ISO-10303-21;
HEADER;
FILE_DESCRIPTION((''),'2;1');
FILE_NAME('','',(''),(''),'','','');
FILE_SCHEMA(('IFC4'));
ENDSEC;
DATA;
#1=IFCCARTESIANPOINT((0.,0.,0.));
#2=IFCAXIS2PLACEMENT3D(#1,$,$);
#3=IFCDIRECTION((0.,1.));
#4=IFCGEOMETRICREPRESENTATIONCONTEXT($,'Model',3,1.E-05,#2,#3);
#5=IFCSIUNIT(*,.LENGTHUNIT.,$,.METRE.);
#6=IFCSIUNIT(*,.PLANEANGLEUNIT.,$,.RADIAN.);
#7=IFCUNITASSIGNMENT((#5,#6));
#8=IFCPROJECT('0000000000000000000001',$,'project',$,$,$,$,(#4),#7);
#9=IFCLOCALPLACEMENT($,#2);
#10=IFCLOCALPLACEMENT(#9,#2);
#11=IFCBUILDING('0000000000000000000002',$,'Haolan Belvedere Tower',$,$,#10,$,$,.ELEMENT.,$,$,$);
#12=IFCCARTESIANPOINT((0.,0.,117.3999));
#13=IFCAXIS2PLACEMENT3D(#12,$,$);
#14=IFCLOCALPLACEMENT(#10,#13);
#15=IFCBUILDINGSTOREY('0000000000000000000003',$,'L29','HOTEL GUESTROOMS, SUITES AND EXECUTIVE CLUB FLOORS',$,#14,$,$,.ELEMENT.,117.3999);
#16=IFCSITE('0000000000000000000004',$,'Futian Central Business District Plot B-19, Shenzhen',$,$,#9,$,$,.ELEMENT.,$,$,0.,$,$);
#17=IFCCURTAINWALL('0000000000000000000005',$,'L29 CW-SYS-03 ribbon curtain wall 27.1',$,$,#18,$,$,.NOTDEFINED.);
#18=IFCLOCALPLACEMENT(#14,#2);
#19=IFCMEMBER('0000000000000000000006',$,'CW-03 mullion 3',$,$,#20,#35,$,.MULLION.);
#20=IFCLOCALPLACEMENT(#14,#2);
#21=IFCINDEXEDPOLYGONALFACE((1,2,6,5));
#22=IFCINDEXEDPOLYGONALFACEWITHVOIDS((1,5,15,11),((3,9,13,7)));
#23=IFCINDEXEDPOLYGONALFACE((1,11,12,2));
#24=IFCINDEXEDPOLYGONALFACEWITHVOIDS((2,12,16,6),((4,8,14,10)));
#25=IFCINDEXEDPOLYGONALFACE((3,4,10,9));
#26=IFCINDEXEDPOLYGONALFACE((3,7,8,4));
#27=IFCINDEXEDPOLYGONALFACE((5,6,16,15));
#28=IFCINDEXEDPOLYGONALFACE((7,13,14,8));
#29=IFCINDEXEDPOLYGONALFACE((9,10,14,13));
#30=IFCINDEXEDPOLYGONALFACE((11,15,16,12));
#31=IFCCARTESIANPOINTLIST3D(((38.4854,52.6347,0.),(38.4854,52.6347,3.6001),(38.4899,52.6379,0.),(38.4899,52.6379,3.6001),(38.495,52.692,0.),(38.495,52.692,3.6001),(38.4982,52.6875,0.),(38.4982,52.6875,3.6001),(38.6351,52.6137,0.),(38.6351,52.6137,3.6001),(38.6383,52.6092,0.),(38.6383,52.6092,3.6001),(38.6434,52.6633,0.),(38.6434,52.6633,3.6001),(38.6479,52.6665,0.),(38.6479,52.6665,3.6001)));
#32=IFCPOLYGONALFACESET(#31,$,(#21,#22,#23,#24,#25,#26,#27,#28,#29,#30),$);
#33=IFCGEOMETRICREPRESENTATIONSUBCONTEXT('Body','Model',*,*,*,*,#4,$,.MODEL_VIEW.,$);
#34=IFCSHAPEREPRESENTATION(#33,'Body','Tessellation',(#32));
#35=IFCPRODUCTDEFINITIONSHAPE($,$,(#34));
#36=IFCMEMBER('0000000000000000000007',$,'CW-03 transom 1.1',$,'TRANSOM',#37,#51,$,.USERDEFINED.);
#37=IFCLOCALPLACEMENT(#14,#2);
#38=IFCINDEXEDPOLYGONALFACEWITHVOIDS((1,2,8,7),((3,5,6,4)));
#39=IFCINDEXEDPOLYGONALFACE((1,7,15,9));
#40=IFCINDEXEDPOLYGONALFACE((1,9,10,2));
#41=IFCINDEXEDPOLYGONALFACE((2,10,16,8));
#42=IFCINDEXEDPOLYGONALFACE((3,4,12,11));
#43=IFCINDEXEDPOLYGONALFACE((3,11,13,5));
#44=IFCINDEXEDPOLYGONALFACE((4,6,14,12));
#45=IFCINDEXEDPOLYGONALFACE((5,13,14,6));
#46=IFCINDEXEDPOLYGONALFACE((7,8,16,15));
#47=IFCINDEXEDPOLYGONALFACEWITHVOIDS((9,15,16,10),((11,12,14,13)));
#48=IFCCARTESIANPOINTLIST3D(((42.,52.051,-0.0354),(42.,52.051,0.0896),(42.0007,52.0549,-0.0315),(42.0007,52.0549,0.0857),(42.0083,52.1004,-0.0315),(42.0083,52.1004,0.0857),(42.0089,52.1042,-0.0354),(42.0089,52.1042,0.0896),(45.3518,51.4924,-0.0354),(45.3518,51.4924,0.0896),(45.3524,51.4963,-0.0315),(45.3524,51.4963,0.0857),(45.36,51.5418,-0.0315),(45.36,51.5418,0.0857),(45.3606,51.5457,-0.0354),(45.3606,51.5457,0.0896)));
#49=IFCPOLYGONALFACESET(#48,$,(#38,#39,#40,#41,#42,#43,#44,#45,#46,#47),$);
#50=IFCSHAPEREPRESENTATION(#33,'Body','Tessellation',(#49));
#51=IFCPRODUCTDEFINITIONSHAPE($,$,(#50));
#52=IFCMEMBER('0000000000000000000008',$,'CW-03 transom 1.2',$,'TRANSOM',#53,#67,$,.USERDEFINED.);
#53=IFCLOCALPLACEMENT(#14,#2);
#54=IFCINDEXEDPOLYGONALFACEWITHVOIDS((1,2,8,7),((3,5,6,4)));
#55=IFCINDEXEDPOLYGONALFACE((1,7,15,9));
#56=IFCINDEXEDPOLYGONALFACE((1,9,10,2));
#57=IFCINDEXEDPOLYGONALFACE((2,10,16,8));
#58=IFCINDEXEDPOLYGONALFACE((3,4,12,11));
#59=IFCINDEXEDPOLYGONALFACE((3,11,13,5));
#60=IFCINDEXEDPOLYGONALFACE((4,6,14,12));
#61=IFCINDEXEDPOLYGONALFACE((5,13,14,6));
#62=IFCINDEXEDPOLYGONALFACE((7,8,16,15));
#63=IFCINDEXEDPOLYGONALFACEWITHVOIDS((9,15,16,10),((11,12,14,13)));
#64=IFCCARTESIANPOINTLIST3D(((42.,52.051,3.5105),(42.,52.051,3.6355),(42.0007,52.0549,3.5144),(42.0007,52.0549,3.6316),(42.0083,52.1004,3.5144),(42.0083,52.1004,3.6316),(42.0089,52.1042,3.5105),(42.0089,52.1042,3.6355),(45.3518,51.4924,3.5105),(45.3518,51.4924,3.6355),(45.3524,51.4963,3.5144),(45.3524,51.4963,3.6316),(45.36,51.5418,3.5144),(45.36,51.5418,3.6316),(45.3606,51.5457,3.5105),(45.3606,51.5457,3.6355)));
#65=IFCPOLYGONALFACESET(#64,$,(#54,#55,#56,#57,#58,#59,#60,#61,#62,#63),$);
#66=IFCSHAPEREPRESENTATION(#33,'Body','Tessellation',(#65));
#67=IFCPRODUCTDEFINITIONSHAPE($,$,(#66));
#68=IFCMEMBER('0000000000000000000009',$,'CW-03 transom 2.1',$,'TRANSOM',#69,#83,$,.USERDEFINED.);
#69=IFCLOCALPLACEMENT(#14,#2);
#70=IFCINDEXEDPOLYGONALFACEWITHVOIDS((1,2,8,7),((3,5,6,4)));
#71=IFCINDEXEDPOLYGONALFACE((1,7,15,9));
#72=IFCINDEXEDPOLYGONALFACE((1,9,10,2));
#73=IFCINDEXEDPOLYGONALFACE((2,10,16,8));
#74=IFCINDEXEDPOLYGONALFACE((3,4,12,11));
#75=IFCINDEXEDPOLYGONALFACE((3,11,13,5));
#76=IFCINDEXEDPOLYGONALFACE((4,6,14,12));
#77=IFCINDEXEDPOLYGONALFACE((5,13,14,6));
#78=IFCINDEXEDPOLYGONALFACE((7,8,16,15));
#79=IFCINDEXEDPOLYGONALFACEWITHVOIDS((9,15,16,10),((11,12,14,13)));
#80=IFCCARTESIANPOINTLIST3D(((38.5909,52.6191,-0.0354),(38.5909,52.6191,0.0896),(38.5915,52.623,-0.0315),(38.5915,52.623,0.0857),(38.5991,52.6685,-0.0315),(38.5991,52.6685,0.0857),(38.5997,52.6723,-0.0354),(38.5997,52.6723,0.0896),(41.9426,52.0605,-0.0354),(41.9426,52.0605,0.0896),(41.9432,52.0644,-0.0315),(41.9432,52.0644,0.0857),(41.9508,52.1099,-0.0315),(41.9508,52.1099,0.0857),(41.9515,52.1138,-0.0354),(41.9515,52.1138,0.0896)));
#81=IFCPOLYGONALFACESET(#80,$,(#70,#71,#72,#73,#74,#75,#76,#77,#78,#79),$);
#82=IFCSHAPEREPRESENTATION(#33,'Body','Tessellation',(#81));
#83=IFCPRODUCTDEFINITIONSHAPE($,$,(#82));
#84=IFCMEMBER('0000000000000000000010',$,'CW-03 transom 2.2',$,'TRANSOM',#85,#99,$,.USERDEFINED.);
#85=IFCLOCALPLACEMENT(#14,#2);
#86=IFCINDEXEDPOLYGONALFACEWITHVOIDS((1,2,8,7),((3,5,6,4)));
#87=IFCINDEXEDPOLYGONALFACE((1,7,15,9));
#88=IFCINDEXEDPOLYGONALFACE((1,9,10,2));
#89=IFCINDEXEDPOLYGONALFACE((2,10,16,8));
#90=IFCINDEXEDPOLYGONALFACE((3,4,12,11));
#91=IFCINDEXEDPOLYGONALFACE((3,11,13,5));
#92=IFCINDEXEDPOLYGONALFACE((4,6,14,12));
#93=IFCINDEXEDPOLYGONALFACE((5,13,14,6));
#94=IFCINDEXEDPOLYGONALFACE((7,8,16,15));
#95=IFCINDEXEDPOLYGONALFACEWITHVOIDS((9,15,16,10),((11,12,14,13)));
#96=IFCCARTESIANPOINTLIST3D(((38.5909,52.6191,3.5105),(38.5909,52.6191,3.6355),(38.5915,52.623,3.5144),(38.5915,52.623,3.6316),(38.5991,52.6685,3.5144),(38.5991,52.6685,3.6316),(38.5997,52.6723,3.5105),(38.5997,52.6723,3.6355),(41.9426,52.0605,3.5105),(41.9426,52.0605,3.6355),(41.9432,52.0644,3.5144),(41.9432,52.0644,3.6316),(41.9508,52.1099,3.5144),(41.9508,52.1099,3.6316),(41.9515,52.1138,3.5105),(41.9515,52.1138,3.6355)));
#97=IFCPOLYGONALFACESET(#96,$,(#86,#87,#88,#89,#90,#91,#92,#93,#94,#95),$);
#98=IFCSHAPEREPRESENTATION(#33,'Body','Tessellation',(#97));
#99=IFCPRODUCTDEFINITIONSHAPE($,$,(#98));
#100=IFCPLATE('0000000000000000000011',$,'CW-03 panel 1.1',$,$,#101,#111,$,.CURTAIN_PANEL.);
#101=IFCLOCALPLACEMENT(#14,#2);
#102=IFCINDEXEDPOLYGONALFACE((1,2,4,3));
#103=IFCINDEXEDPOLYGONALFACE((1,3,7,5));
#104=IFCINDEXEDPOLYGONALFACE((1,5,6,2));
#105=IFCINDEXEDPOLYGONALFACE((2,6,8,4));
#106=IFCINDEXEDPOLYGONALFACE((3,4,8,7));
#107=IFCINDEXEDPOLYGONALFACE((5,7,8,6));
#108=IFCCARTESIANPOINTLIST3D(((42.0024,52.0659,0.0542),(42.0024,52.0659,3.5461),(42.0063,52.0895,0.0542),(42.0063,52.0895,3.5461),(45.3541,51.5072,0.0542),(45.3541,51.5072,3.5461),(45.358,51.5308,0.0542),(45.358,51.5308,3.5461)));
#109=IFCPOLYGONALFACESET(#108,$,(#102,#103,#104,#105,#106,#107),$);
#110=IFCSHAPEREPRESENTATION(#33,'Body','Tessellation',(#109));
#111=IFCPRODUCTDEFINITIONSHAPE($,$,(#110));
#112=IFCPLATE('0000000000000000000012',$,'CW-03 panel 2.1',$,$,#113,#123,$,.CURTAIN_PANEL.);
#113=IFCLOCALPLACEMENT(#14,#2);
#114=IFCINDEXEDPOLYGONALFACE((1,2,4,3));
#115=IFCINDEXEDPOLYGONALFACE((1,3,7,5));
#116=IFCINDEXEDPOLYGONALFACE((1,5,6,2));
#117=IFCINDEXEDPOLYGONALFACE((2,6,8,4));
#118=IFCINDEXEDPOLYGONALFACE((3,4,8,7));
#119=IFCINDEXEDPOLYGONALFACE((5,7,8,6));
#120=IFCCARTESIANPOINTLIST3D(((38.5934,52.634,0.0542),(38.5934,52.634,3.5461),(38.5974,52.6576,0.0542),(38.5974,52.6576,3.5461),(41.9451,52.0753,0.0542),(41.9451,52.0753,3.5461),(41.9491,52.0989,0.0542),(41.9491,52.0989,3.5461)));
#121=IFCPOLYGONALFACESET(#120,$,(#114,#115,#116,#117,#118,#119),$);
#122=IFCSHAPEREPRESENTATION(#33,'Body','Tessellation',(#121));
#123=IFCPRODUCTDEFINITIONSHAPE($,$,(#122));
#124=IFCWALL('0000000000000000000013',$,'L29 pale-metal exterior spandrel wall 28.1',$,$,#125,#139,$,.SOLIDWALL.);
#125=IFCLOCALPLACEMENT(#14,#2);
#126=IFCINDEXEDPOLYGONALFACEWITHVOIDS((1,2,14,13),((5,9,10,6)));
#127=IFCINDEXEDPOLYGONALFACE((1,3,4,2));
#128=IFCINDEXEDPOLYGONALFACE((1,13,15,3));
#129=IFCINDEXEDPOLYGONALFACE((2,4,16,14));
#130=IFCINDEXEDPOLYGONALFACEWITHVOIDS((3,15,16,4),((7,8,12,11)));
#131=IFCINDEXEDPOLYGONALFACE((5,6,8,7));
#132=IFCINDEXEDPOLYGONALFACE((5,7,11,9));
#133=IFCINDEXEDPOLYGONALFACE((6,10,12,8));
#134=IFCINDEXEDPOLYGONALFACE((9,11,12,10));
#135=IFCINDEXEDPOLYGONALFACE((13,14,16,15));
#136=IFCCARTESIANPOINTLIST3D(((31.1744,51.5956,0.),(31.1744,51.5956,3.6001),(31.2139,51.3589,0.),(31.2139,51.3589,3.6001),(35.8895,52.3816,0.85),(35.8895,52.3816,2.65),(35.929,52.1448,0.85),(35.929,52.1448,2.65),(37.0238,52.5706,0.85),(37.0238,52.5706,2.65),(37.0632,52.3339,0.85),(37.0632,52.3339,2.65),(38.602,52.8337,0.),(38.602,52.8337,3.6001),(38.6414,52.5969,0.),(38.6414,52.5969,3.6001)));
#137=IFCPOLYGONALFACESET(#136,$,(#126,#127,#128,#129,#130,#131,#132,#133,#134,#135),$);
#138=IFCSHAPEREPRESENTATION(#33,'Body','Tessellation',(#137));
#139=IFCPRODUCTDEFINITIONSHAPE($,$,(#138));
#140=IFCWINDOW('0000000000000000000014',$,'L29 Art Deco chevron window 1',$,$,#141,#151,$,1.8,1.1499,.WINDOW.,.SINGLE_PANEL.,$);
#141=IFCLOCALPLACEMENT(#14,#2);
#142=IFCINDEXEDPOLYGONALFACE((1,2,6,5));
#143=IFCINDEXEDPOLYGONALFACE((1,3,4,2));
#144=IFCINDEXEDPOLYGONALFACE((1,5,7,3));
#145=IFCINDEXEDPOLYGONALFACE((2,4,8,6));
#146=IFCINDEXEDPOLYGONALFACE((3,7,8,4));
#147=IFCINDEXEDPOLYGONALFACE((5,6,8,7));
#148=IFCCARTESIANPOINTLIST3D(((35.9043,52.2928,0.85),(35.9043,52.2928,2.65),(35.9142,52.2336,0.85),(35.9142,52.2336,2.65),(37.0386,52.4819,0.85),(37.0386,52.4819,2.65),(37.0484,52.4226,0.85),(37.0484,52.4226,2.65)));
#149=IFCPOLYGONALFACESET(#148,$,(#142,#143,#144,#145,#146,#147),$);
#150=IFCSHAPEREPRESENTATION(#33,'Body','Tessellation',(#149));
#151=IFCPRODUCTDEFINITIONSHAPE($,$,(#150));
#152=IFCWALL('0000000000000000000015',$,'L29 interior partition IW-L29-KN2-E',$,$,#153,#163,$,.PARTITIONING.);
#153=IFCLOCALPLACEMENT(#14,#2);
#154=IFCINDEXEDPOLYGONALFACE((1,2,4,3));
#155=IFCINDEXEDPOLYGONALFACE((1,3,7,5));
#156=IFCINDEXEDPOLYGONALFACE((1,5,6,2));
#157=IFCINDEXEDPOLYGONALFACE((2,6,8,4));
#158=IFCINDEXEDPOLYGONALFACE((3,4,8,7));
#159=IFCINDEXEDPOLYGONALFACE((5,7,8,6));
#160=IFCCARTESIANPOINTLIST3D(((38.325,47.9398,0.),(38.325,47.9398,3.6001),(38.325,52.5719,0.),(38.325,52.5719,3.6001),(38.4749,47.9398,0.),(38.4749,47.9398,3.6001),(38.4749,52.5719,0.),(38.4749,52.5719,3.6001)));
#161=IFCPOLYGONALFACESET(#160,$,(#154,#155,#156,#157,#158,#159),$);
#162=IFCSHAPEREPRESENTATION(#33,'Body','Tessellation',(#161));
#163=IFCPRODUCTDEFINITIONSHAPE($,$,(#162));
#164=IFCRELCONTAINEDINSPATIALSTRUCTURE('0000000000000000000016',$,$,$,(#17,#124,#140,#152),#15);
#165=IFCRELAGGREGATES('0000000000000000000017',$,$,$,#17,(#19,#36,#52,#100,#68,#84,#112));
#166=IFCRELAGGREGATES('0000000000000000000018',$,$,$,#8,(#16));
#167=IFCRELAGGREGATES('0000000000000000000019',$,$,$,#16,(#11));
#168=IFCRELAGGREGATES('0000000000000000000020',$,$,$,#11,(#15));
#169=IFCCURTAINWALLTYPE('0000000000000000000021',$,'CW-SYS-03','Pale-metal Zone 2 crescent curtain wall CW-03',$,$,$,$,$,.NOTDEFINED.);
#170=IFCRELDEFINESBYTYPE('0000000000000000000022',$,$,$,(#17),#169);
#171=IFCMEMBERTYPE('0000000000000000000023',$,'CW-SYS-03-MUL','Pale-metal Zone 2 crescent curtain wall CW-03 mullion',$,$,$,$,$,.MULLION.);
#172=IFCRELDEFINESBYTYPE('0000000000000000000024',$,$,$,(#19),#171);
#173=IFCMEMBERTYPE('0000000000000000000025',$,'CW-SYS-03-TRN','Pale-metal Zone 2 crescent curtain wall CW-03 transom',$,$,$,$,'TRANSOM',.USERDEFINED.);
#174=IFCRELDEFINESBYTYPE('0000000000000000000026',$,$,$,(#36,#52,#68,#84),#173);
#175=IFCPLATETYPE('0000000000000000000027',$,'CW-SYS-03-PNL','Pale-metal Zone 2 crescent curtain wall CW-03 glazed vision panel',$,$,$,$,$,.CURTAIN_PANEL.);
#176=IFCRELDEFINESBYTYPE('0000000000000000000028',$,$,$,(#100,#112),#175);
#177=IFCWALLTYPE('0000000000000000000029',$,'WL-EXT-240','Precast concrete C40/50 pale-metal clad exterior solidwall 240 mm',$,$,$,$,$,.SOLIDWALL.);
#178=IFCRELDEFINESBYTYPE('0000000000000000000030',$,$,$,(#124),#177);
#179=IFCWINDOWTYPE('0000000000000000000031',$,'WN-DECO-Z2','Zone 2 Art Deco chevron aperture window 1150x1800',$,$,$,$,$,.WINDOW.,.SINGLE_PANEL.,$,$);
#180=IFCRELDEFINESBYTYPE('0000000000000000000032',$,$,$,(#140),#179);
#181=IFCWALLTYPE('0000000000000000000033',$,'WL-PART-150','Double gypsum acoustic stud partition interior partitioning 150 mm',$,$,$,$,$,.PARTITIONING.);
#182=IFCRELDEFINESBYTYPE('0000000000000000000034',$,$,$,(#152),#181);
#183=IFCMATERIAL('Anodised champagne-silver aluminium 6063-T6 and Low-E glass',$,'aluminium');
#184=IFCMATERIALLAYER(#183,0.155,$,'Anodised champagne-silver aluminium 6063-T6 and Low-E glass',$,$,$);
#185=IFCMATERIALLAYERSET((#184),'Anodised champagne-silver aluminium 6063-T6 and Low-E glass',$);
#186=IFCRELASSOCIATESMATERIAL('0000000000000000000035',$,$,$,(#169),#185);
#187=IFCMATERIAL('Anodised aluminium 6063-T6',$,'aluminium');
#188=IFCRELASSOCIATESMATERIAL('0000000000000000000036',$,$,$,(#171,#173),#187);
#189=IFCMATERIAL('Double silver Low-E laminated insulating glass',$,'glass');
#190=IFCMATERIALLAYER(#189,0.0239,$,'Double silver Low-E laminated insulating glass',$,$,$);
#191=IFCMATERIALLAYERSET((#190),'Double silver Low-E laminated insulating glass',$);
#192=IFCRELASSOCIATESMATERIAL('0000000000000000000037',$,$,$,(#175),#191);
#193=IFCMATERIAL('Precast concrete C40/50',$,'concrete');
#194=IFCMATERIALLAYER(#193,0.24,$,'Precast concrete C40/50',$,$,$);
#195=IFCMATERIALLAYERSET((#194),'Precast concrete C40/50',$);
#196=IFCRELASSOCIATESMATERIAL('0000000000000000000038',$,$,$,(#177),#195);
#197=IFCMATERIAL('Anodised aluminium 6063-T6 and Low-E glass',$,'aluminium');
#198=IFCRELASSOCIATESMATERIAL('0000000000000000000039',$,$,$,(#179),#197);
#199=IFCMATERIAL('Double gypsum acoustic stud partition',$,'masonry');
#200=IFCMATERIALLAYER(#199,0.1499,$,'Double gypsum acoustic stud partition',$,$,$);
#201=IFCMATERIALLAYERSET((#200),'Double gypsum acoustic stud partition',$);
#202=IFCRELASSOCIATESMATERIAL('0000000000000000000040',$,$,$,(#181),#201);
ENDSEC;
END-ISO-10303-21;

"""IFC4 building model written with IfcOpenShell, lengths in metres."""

from ifc_helpers import new_model, si_unit, direction, frame, frame_2d, origin, origin_2d, place, context, subcontext, project, spatial, rectangle, hollow_rectangle, extrude, material, layer, layer_set, material_profile, profile_set, type_object, element, fill, aggregate, save


model = new_model("IFC4")

# Units and contexts
model_context = context("Model", 3, precision=1e-05, world=origin(), true_north=direction((0.0, 1.0)))
body_context = subcontext(model_context, "Body", "Model", "MODEL_VIEW")
ifc_project = project(units=[si_unit("LENGTHUNIT", "METRE"), si_unit("PLANEANGLEUNIT", "RADIAN")], contexts=[model_context])

# Site, building, storey
site_placement = place(None, origin())
site = spatial("IfcSite", under=ifc_project, at=site_placement, Name="Futian Central Business District Plot B-19, Shenzhen", CompositionType="ELEMENT", RefElevation=0.0)
building_placement = place(site_placement, origin())
building = spatial("IfcBuilding", under=site, at=building_placement, Name="Haolan Belvedere Tower", CompositionType="ELEMENT")
storey_placement = place(building_placement, frame((0.0, 0.0, 117.3999)))
storey = spatial("IfcBuildingStorey", under=building, at=storey_placement, Name="L29", Description="HOTEL GUESTROOMS, SUITES AND EXECUTIVE CLUB FLOORS", CompositionType="ELEMENT", Elevation=117.3999)

# Shared definitions
ifc_material_1 = material(Name="Anodised champagne-silver aluminium 6063-T6 and Low-E glass", Category="aluminium")
ifc_layer_1 = layer(ifc_material_1, 0.155, Name="Anodised champagne-silver aluminium 6063-T6 and Low-E glass")
ifc_layer_set_1 = layer_set([ifc_layer_1], Name="Anodised champagne-silver aluminium 6063-T6 and Low-E glass")
curtain_wall_type = type_object("IfcCurtainWallType", Name="CW-SYS-03", Description="Pale-metal Zone 2 crescent curtain wall CW-03", PredefinedType="NOTDEFINED", material=ifc_layer_set_1)
ifc_material_2 = material(Name="Anodised aluminium 6063-T6", Category="aluminium")
ifc_material_profile_1 = material_profile(ifc_material_2, hollow_rectangle(XDim=0.0581, YDim=0.155, WallThickness=0.0039, at=origin_2d()), Name="Anodised aluminium 6063-T6")
ifc_profile_set_1 = profile_set([ifc_material_profile_1], Name="Anodised aluminium 6063-T6")
member_type_1 = type_object("IfcMemberType", Name="CW-SYS-03-MUL", Description="Pale-metal Zone 2 crescent curtain wall CW-03 mullion", PredefinedType="MULLION", material=ifc_profile_set_1)

# Curtain wall, members, plates
curtain_wall_1_placement = place(storey_placement, origin())
curtain_wall_1 = element("IfcCurtainWall", 1, at=curtain_wall_1_placement, inside=storey, type_object=curtain_wall_type, Name="L29 CW-SYS-03 ribbon curtain wall 27.1", PredefinedType="NOTDEFINED")
member_1_placement = place(storey_placement, frame((38.5667, 52.6506, 0.0), z_axis=(0.0, 0.0, 1.0), x_axis=(-0.164404, -0.986393, 0.0)))
member_1 = element("IfcMember", 2, at=member_1_placement, type_object=member_type_1, Name="CW-03 mullion 3", PredefinedType="MULLION", context=body_context, shape_type="SweptSolid", body=[
    extrude(hollow_rectangle(XDim=0.0581, YDim=0.155, WallThickness=0.0039, at=origin_2d()), origin(), (0.0, 0.0, 1.0), 3.6001),
])
ifc_material_profile_2 = material_profile(ifc_material_2, hollow_rectangle(XDim=0.054, YDim=0.125, WallThickness=0.0039, at=origin_2d()), Name="Anodised aluminium 6063-T6")
ifc_profile_set_2 = profile_set([ifc_material_profile_2], Name="Anodised aluminium 6063-T6")
member_type_2 = type_object("IfcMemberType", Name="CW-SYS-03-TRN", Description="Pale-metal Zone 2 crescent curtain wall CW-03 transom", ElementType="TRANSOM", PredefinedType="USERDEFINED", material=ifc_profile_set_2)
member_2_placement = place(storey_placement, frame((45.3562, 51.519, 0.0271), z_axis=(-0.986396, 0.164387, 0.0), x_axis=(-0.164387, -0.986396, 0.0)))
member_2 = element("IfcMember", 3, at=member_2_placement, type_object=member_type_2, Name="CW-03 transom 1.1", ObjectType="TRANSOM", PredefinedType="USERDEFINED", context=body_context, shape_type="SweptSolid", body=[
    extrude(hollow_rectangle(XDim=0.054, YDim=0.125, WallThickness=0.0039, at=origin_2d()), origin(), (0.0, 0.0, 1.0), 3.3979),
])
member_3_placement = place(storey_placement, frame((45.3562, 51.519, 3.573), z_axis=(-0.986396, 0.164387, 0.0), x_axis=(-0.164387, -0.986396, 0.0)))
member_3 = element("IfcMember", 4, at=member_3_placement, type_object=member_type_2, Name="CW-03 transom 1.2", ObjectType="TRANSOM", PredefinedType="USERDEFINED", context=body_context, shape_type="SweptSolid", body=[
    extrude(hollow_rectangle(XDim=0.054, YDim=0.125, WallThickness=0.0039, at=origin_2d()), origin(), (0.0, 0.0, 1.0), 3.3979),
])
member_4_placement = place(storey_placement, frame((41.947, 52.0872, 0.0271), z_axis=(-0.986396, 0.164387, 0.0), x_axis=(-0.164387, -0.986396, 0.0)))
member_4 = element("IfcMember", 5, at=member_4_placement, type_object=member_type_2, Name="CW-03 transom 2.1", ObjectType="TRANSOM", PredefinedType="USERDEFINED", context=body_context, shape_type="SweptSolid", body=[
    extrude(hollow_rectangle(XDim=0.054, YDim=0.125, WallThickness=0.0039, at=origin_2d()), origin(), (0.0, 0.0, 1.0), 3.3979),
])
member_5_placement = place(storey_placement, frame((41.947, 52.0872, 3.573), z_axis=(-0.986396, 0.164387, 0.0), x_axis=(-0.164387, -0.986396, 0.0)))
member_5 = element("IfcMember", 6, at=member_5_placement, type_object=member_type_2, Name="CW-03 transom 2.2", ObjectType="TRANSOM", PredefinedType="USERDEFINED", context=body_context, shape_type="SweptSolid", body=[
    extrude(hollow_rectangle(XDim=0.054, YDim=0.125, WallThickness=0.0039, at=origin_2d()), origin(), (0.0, 0.0, 1.0), 3.3979),
])
ifc_material_3 = material(Name="Double silver Low-E laminated insulating glass", Category="glass")
ifc_layer_2 = layer(ifc_material_3, 0.0239, Name="Double silver Low-E laminated insulating glass")
ifc_layer_set_2 = layer_set([ifc_layer_2], Name="Double silver Low-E laminated insulating glass")
plate_type = type_object("IfcPlateType", Name="CW-SYS-03-PNL", Description="Pale-metal Zone 2 crescent curtain wall CW-03 glazed vision panel", PredefinedType="CURTAIN_PANEL", material=ifc_layer_set_2)
plate_1_placement = place(storey_placement, frame((43.6802, 51.7983, 0.0542), z_axis=(0.0, 0.0, 1.0), x_axis=(-0.986393, 0.164404, 0.0)))
plate_1 = element("IfcPlate", 7, at=plate_1_placement, type_object=plate_type, Name="CW-03 panel 1.1", PredefinedType="CURTAIN_PANEL", context=body_context, shape_type="SweptSolid", body=[
    extrude(rectangle(XDim=3.3979, YDim=0.0239, at=origin_2d()), origin(), (0.0, 0.0, 1.0), 3.4919),
])
plate_2_placement = place(storey_placement, frame((40.2712, 52.3665, 0.0542), z_axis=(0.0, 0.0, 1.0), x_axis=(-0.986393, 0.164404, 0.0)))
plate_2 = element("IfcPlate", 8, at=plate_2_placement, type_object=plate_type, Name="CW-03 panel 2.1", PredefinedType="CURTAIN_PANEL", context=body_context, shape_type="SweptSolid", body=[
    extrude(rectangle(XDim=3.3979, YDim=0.0239, at=origin_2d()), origin(), (0.0, 0.0, 1.0), 3.4919),
])
aggregate(curtain_wall_1, [member_1, member_2, member_3, plate_1, member_4, member_5, plate_2])

# Wall, opening, window
ifc_material_4 = material(Name="Precast concrete C40/50", Category="concrete")
ifc_layer_3 = layer(ifc_material_4, 0.24, Name="Precast concrete C40/50")
ifc_layer_set_3 = layer_set([ifc_layer_3], Name="Precast concrete C40/50")
wall_type_1 = type_object("IfcWallType", Name="WL-EXT-240", Description="Precast concrete C40/50 pale-metal clad exterior solidwall 240 mm", PredefinedType="SOLIDWALL", material=ifc_layer_set_3)
wall_1_placement = place(storey_placement, frame((38.6218, 52.7153, 0.0), z_axis=(0.0, 0.0, 1.0), x_axis=(-0.986391, -0.164415, 0.0)))
wall_1 = element("IfcWall", 9, at=wall_1_placement, inside=storey, type_object=wall_type_1, Name="L29 pale-metal exterior spandrel wall 28.1", PredefinedType="SOLIDWALL", context=body_context, shape_type="SweptSolid", body=[
    extrude(rectangle(XDim=7.53, YDim=0.24, at=frame_2d((3.7651, 0.0))), origin(), (0.0, 0.0, 1.0), 3.6001),
])
opening_1_placement = place(wall_1_placement, frame((1.6001, 0.0, 0.8501)))
opening_1 = element("IfcOpeningElement", 10, at=opening_1_placement, cuts=wall_1, PredefinedType="OPENING", context=body_context, shape_type="SweptSolid", body=[
    extrude(rectangle(XDim=1.1499, YDim=1.8, at=frame_2d((0.575, 0.8999))), frame((0.0, 0.1299, 0.0), z_axis=(0.0, -1.0, 0.0), x_axis=(1.0, 0.0, 0.0)), (0.0, 0.0, 1.0), 0.26),
])
ifc_material_5 = material(Name="Anodised aluminium 6063-T6 and Low-E glass", Category="aluminium")
window_type = type_object("IfcWindowType", Name="WN-DECO-Z2", Description="Zone 2 Art Deco chevron aperture window 1150x1800", PartitioningType="SINGLE_PANEL", PredefinedType="WINDOW", material=ifc_material_5)
window_placement = place(opening_1_placement, origin())
window = element("IfcWindow", 11, at=window_placement, inside=storey, type_object=window_type, Name="L29 Art Deco chevron window 1", OverallHeight=1.8, OverallWidth=1.1499, PartitioningType="SINGLE_PANEL", PredefinedType="WINDOW", context=body_context, shape_type="SweptSolid", body=[
    extrude(rectangle(XDim=1.1499, YDim=1.8, at=frame_2d((0.575, 0.8999))), frame((0.0, 0.03, 0.0), z_axis=(0.0, -1.0, 0.0), x_axis=(1.0, 0.0, 0.0)), (0.0, 0.0, 1.0), 0.0601),
])
fill(opening_1, window)

# Wall
ifc_material_6 = material(Name="Double gypsum acoustic stud partition", Category="masonry")
ifc_layer_4 = layer(ifc_material_6, 0.1499, Name="Double gypsum acoustic stud partition")
ifc_layer_set_4 = layer_set([ifc_layer_4], Name="Double gypsum acoustic stud partition")
wall_type_2 = type_object("IfcWallType", Name="WL-PART-150", Description="Double gypsum acoustic stud partition interior partitioning 150 mm", PredefinedType="PARTITIONING", material=ifc_layer_set_4)
wall_2_placement = place(storey_placement, frame((38.3999, 47.9399, 0.0), z_axis=(0.0, 0.0, 1.0), x_axis=(0.0, 1.0, 0.0)))
element("IfcWall", 12, at=wall_2_placement, inside=storey, type_object=wall_type_2, Name="L29 interior partition IW-L29-KN2-E", PredefinedType="PARTITIONING", context=body_context, shape_type="SweptSolid", body=[
    extrude(rectangle(XDim=4.6321, YDim=0.1499, at=frame_2d((2.3159, 0.0))), origin(), (0.0, 0.0, 1.0), 3.6001),
])

save(model, "model.ifc")
